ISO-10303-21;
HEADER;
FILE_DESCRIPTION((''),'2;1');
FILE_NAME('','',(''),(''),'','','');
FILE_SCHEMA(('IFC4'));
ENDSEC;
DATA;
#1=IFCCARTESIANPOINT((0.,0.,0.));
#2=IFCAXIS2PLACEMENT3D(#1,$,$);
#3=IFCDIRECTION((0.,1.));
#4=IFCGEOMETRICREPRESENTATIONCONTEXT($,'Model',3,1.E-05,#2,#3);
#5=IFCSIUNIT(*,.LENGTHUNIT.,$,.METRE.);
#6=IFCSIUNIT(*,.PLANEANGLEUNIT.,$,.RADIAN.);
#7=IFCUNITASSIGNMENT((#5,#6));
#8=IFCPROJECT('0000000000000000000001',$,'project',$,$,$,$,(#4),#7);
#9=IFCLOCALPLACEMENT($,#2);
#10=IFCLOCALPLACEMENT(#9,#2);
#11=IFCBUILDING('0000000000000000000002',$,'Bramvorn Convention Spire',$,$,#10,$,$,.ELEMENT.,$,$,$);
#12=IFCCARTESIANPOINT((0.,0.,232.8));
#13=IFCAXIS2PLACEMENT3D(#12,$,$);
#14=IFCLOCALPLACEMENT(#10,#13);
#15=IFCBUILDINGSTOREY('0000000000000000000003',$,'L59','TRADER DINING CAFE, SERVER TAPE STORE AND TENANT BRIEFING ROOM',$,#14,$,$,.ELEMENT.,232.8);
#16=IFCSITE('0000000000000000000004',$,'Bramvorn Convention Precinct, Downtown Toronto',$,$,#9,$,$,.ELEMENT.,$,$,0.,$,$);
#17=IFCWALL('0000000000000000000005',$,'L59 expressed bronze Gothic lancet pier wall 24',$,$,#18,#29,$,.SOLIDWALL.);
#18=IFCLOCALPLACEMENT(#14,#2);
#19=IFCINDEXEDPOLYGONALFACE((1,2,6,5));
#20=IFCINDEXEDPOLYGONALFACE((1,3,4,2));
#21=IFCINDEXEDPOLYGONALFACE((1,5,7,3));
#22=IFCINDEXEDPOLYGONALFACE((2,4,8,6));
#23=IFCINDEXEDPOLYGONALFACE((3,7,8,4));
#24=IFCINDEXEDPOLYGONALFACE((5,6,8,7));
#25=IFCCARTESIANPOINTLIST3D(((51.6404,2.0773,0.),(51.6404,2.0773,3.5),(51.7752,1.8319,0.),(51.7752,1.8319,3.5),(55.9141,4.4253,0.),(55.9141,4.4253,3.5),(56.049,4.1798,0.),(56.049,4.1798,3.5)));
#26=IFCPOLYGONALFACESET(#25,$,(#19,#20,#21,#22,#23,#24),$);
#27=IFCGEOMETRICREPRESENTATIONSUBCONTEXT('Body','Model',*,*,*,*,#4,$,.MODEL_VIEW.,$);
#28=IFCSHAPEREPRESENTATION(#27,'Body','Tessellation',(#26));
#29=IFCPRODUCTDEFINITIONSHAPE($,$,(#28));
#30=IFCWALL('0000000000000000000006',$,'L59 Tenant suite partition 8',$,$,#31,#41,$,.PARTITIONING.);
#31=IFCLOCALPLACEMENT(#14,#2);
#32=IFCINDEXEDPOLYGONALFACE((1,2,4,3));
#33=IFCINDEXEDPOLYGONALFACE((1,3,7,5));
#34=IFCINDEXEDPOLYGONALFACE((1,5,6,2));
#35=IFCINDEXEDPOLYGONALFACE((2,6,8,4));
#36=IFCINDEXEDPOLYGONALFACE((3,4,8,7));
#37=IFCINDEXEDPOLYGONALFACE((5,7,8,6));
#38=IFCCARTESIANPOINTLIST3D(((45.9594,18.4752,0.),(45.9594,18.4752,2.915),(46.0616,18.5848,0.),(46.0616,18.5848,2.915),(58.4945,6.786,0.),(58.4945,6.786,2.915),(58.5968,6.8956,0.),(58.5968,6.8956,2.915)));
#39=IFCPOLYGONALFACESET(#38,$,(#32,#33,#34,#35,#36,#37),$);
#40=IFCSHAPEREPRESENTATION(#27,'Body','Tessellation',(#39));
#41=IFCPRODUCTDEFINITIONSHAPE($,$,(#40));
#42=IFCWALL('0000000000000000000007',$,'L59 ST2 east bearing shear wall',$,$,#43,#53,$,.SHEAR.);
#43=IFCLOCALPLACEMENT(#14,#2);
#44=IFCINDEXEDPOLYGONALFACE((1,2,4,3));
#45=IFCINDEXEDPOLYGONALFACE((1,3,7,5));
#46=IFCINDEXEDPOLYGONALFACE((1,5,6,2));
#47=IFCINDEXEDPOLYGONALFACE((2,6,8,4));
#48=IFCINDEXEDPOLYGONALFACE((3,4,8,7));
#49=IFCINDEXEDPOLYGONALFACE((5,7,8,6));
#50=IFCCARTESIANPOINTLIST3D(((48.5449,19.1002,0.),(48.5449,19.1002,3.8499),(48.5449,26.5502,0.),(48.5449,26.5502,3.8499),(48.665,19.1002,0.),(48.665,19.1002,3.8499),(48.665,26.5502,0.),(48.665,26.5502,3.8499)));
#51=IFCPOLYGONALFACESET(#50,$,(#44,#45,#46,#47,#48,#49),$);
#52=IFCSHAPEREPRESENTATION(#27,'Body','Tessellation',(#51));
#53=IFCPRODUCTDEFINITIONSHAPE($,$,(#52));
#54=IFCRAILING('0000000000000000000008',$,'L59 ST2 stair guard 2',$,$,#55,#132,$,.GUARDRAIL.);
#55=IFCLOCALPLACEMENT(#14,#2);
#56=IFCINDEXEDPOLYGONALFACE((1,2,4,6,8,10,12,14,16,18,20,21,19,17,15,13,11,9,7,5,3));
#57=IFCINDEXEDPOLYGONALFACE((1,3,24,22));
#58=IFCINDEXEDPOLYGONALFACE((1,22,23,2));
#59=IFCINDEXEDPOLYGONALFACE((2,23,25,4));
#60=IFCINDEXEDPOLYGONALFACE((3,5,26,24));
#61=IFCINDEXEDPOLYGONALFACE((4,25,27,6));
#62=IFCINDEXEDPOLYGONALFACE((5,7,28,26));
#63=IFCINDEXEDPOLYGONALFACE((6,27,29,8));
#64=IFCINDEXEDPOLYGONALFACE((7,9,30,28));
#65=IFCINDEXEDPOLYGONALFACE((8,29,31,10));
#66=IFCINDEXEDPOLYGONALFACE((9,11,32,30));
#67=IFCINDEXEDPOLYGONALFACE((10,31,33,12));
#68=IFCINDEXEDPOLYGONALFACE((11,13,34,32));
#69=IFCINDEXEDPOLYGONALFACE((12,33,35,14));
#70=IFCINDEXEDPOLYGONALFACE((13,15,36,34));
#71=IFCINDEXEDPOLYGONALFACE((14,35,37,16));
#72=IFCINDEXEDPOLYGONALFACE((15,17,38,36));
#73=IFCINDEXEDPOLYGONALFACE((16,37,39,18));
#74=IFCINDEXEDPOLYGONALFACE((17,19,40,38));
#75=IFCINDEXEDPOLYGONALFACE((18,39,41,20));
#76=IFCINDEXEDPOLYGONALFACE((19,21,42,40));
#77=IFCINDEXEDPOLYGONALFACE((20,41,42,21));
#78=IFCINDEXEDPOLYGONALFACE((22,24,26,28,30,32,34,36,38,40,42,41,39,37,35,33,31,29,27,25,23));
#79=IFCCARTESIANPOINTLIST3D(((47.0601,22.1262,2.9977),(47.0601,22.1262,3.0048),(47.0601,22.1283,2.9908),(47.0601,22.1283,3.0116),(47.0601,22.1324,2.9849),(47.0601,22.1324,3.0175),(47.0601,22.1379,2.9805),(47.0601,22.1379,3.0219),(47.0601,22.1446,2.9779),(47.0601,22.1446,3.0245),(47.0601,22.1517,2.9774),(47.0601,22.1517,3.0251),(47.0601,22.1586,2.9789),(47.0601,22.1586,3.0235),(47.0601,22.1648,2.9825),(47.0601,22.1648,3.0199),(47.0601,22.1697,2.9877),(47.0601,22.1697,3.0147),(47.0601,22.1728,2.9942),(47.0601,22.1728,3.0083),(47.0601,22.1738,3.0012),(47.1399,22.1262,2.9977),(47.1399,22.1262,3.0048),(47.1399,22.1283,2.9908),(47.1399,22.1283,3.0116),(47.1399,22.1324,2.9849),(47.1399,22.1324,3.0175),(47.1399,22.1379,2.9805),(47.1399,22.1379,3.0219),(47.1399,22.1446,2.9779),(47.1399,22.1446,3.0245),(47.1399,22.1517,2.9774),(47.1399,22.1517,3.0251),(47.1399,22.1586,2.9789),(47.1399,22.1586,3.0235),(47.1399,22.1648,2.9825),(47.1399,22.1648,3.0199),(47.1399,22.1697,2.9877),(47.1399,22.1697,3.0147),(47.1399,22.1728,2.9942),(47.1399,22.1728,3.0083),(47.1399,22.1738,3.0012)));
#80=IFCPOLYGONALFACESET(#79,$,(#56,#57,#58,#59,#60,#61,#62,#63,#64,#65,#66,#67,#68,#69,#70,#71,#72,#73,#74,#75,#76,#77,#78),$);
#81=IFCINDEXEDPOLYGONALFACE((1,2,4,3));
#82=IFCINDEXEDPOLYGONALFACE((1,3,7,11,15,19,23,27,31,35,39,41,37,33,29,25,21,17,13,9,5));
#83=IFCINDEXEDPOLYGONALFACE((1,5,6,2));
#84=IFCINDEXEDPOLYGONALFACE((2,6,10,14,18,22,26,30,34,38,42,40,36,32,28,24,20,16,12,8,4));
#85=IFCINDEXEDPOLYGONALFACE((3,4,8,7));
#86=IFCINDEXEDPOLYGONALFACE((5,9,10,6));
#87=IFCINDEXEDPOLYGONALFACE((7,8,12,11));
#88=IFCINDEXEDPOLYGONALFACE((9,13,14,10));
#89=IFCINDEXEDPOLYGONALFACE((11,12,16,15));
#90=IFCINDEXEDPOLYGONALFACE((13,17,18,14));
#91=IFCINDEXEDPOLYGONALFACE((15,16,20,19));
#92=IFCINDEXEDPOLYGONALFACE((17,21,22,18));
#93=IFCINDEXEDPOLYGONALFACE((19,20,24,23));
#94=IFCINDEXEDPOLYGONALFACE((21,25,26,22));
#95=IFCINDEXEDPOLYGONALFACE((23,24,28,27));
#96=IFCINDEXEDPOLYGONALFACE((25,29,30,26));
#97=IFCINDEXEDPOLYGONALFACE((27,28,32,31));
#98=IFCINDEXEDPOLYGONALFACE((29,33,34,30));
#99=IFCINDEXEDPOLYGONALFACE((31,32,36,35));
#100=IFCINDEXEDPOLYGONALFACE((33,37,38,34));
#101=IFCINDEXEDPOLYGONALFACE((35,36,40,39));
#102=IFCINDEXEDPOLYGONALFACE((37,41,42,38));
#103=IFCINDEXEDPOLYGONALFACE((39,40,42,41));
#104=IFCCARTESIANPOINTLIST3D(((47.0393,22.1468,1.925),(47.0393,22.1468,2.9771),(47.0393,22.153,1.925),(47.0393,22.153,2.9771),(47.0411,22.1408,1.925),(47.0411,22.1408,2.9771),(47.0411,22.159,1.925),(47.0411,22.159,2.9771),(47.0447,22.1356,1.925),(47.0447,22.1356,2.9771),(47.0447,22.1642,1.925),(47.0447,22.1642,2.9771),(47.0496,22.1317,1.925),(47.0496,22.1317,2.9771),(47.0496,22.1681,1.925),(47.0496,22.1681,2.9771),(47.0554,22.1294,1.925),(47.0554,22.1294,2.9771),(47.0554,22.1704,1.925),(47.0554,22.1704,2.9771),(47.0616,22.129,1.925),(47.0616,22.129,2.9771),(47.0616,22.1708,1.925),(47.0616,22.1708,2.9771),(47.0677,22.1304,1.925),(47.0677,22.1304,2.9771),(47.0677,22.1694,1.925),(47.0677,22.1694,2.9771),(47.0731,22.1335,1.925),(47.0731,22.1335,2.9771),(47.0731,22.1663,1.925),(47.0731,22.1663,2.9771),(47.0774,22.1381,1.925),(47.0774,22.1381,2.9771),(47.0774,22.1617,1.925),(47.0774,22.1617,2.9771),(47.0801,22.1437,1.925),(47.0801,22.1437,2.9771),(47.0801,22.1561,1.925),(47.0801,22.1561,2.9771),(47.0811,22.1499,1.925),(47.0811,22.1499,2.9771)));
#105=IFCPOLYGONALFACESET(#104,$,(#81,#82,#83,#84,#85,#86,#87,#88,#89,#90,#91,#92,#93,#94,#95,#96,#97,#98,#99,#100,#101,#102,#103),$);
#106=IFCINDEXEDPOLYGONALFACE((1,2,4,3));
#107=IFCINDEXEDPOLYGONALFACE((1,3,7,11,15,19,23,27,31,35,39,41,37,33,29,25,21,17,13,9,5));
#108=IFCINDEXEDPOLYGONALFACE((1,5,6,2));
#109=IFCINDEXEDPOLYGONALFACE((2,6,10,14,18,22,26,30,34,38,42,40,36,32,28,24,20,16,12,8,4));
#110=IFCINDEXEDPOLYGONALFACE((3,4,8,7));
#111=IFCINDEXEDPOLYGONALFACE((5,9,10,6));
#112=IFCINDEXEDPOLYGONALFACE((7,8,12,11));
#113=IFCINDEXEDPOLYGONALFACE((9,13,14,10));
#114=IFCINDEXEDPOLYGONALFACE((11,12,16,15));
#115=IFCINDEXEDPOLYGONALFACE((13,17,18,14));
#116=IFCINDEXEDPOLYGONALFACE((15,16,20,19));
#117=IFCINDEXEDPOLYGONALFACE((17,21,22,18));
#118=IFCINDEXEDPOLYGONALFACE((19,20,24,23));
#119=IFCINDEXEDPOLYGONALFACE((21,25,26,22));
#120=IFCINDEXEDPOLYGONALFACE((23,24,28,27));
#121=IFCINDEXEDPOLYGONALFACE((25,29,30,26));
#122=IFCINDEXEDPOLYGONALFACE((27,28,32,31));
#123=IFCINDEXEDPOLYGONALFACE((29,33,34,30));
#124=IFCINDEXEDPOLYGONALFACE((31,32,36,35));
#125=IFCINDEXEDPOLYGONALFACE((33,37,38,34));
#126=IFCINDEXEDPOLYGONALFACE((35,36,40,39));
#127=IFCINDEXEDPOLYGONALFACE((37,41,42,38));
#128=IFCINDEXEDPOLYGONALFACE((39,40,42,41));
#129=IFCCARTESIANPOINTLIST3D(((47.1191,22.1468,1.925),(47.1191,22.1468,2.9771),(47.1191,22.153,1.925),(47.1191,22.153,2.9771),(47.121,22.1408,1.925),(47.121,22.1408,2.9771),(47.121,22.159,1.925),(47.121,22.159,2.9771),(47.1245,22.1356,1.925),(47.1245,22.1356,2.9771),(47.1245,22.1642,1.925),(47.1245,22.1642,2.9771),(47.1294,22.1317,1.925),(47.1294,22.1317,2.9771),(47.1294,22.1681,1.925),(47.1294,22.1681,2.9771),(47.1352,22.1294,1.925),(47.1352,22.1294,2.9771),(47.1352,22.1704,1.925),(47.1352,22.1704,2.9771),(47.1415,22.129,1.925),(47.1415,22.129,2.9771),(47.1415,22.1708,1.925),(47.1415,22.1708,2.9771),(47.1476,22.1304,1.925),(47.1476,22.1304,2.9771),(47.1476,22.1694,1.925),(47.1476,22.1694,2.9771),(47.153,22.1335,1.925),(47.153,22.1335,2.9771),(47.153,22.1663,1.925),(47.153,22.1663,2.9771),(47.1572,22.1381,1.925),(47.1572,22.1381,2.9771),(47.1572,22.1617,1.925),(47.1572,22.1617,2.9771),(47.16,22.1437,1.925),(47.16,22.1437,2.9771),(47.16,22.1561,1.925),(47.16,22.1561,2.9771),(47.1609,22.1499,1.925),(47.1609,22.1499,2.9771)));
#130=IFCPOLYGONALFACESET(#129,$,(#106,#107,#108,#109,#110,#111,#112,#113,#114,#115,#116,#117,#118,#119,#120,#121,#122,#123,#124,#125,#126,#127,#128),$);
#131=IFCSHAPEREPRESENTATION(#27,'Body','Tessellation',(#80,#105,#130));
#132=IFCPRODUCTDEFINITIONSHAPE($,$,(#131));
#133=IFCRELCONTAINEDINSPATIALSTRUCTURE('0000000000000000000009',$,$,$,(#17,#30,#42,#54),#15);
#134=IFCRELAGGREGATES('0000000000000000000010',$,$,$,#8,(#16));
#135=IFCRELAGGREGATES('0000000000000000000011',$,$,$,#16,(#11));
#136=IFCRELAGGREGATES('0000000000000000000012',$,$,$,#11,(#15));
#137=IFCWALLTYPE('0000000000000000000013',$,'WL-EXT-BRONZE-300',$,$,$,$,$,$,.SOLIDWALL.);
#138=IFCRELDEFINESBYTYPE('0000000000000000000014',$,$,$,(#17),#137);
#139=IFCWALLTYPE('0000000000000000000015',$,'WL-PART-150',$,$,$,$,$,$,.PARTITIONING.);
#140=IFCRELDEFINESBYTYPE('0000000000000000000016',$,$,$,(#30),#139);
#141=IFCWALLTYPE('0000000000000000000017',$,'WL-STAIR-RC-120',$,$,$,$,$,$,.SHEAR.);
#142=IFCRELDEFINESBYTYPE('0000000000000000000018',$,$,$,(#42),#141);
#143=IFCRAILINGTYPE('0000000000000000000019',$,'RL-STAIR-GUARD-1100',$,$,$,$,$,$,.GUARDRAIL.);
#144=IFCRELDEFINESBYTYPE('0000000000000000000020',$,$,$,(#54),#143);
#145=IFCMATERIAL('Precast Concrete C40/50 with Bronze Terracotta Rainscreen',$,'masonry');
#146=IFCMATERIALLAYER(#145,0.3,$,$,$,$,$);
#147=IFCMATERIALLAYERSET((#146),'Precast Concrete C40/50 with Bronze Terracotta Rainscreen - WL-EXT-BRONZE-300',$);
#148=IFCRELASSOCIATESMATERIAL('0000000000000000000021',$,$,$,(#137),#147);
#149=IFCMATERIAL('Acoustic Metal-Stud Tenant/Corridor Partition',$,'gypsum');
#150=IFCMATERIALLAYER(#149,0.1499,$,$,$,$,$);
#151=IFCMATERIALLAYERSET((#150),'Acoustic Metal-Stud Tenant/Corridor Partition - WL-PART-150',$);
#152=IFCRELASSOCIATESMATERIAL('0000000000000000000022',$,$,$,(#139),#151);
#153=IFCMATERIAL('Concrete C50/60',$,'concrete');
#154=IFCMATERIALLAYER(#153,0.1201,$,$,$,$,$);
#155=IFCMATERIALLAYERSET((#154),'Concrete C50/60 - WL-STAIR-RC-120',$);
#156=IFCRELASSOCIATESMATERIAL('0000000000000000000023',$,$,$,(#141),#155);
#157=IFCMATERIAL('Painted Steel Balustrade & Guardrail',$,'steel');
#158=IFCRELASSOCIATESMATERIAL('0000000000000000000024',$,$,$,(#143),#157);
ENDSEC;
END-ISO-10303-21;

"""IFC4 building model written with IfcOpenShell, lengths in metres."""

from ifc_helpers import new_model, si_unit, direction, frame, frame_2d, origin, origin_2d, place, context, subcontext, project, spatial, rectangle, circle, extrude, material, layer, layer_set, type_object, element, save


model = new_model("IFC4")

# Units and contexts
model_context = context("Model", 3, precision=1e-05, world=origin(), true_north=direction((0.0, 1.0)))
body_context = subcontext(model_context, "Body", "Model", "MODEL_VIEW")
ifc_project = project(units=[si_unit("LENGTHUNIT", "METRE"), si_unit("PLANEANGLEUNIT", "RADIAN")], contexts=[model_context])

# Site, building, storey
site_placement = place(None, origin())
site = spatial("IfcSite", under=ifc_project, at=site_placement, Name="Bramvorn Convention Precinct, Downtown Toronto", CompositionType="ELEMENT", RefElevation=0.0)
building_placement = place(site_placement, origin())
building = spatial("IfcBuilding", under=site, at=building_placement, Name="Bramvorn Convention Spire", CompositionType="ELEMENT")
storey_placement = place(building_placement, frame((0.0, 0.0, 232.8)))
storey = spatial("IfcBuildingStorey", under=building, at=storey_placement, Name="L59", Description="TRADER DINING CAFE, SERVER TAPE STORE AND TENANT BRIEFING ROOM", CompositionType="ELEMENT", Elevation=232.8)

# Shared definitions
ifc_material_1 = material(Name="Concrete C50/60", Category="concrete")

# Walls
ifc_material_2 = material(Name="Precast Concrete C40/50 with Bronze Terracotta Rainscreen", Category="masonry")
ifc_layer_1 = layer(ifc_material_2, 0.3)
ifc_layer_set_1 = layer_set([ifc_layer_1], Name="Precast Concrete C40/50 with Bronze Terracotta Rainscreen - WL-EXT-BRONZE-300")
wall_type_1 = type_object("IfcWallType", Name="WL-EXT-BRONZE-300", PredefinedType="SOLIDWALL", material=ifc_layer_set_1)
wall_1_placement = place(storey_placement, frame((55.9814, 4.3025, 0.0), z_axis=(0.0, 0.0, 1.0), x_axis=(-0.876443, -0.481505, 0.0)))
element("IfcWall", 1, at=wall_1_placement, inside=storey, type_object=wall_type_1, Name="L59 expressed bronze Gothic lancet pier wall 24", PredefinedType="SOLIDWALL", context=body_context, shape_type="SweptSolid", body=[
    extrude(rectangle(XDim=4.8762, YDim=0.28, at=frame_2d((2.438, 0.0))), origin(), (0.0, 0.0, 1.0), 3.5),
])
ifc_material_3 = material(Name="Acoustic Metal-Stud Tenant/Corridor Partition", Category="gypsum")
ifc_layer_2 = layer(ifc_material_3, 0.1499)
ifc_layer_set_2 = layer_set([ifc_layer_2], Name="Acoustic Metal-Stud Tenant/Corridor Partition - WL-PART-150")
wall_type_2 = type_object("IfcWallType", Name="WL-PART-150", PredefinedType="PARTITIONING", material=ifc_layer_set_2)
wall_2_placement = place(storey_placement, frame((46.0105, 18.53, 0.0), z_axis=(0.0, 0.0, 1.0), x_axis=(0.731354, -0.681998, 0.0)))
element("IfcWall", 2, at=wall_2_placement, inside=storey, type_object=wall_type_2, Name="L59 Tenant suite partition 8", PredefinedType="PARTITIONING", context=body_context, shape_type="SweptSolid", body=[
    extrude(rectangle(XDim=17.1396, YDim=0.1499, at=frame_2d((8.5698, 0.0))), origin(), (0.0, 0.0, 1.0), 2.915),
])
ifc_layer_3 = layer(ifc_material_1, 0.1201)
ifc_layer_set_3 = layer_set([ifc_layer_3], Name="Concrete C50/60 - WL-STAIR-RC-120")
wall_type_3 = type_object("IfcWallType", Name="WL-STAIR-RC-120", PredefinedType="SHEAR", material=ifc_layer_set_3)
wall_3_placement = place(storey_placement, frame((48.605, 19.1001, 0.0), z_axis=(0.0, 0.0, 1.0), x_axis=(0.0, 1.0, 0.0)))
element("IfcWall", 3, at=wall_3_placement, inside=storey, type_object=wall_type_3, Name="L59 ST2 east bearing shear wall", PredefinedType="SHEAR", context=body_context, shape_type="SweptSolid", body=[
    extrude(rectangle(XDim=7.45, YDim=0.1201, at=frame_2d((3.7251, 0.0))), origin(), (0.0, 0.0, 1.0), 3.8499),
])

# Railing
ifc_material_4 = material(Name="Painted Steel Balustrade & Guardrail", Category="steel")
railing_type = type_object("IfcRailingType", Name="RL-STAIR-GUARD-1100", PredefinedType="GUARDRAIL", material=ifc_material_4)
railing_1_placement = place(storey_placement, frame((47.0601, 22.1499, 1.925)))
element("IfcRailing", 4, at=railing_1_placement, inside=storey, type_object=railing_type, Name="L59 ST2 stair guard 2", PredefinedType="GUARDRAIL", context=body_context, shape_type="SweptSolid", body=[
    extrude(circle(Radius=0.0239, at=origin_2d()), frame((0.0, 0.0, 1.0762), z_axis=(1.0, 0.0, 0.0), x_axis=(0.0, 1.0, 0.0)), (0.0, 0.0, 1.0), 0.0798),
    extrude(circle(Radius=0.021, at=origin_2d()), origin(), (0.0, 0.0, 1.0), 1.052),
    extrude(circle(Radius=0.021, at=origin_2d()), frame((0.0798, 0.0, 0.0)), (0.0, 0.0, 1.0), 1.052),
])

save(model, "model.ifc")
